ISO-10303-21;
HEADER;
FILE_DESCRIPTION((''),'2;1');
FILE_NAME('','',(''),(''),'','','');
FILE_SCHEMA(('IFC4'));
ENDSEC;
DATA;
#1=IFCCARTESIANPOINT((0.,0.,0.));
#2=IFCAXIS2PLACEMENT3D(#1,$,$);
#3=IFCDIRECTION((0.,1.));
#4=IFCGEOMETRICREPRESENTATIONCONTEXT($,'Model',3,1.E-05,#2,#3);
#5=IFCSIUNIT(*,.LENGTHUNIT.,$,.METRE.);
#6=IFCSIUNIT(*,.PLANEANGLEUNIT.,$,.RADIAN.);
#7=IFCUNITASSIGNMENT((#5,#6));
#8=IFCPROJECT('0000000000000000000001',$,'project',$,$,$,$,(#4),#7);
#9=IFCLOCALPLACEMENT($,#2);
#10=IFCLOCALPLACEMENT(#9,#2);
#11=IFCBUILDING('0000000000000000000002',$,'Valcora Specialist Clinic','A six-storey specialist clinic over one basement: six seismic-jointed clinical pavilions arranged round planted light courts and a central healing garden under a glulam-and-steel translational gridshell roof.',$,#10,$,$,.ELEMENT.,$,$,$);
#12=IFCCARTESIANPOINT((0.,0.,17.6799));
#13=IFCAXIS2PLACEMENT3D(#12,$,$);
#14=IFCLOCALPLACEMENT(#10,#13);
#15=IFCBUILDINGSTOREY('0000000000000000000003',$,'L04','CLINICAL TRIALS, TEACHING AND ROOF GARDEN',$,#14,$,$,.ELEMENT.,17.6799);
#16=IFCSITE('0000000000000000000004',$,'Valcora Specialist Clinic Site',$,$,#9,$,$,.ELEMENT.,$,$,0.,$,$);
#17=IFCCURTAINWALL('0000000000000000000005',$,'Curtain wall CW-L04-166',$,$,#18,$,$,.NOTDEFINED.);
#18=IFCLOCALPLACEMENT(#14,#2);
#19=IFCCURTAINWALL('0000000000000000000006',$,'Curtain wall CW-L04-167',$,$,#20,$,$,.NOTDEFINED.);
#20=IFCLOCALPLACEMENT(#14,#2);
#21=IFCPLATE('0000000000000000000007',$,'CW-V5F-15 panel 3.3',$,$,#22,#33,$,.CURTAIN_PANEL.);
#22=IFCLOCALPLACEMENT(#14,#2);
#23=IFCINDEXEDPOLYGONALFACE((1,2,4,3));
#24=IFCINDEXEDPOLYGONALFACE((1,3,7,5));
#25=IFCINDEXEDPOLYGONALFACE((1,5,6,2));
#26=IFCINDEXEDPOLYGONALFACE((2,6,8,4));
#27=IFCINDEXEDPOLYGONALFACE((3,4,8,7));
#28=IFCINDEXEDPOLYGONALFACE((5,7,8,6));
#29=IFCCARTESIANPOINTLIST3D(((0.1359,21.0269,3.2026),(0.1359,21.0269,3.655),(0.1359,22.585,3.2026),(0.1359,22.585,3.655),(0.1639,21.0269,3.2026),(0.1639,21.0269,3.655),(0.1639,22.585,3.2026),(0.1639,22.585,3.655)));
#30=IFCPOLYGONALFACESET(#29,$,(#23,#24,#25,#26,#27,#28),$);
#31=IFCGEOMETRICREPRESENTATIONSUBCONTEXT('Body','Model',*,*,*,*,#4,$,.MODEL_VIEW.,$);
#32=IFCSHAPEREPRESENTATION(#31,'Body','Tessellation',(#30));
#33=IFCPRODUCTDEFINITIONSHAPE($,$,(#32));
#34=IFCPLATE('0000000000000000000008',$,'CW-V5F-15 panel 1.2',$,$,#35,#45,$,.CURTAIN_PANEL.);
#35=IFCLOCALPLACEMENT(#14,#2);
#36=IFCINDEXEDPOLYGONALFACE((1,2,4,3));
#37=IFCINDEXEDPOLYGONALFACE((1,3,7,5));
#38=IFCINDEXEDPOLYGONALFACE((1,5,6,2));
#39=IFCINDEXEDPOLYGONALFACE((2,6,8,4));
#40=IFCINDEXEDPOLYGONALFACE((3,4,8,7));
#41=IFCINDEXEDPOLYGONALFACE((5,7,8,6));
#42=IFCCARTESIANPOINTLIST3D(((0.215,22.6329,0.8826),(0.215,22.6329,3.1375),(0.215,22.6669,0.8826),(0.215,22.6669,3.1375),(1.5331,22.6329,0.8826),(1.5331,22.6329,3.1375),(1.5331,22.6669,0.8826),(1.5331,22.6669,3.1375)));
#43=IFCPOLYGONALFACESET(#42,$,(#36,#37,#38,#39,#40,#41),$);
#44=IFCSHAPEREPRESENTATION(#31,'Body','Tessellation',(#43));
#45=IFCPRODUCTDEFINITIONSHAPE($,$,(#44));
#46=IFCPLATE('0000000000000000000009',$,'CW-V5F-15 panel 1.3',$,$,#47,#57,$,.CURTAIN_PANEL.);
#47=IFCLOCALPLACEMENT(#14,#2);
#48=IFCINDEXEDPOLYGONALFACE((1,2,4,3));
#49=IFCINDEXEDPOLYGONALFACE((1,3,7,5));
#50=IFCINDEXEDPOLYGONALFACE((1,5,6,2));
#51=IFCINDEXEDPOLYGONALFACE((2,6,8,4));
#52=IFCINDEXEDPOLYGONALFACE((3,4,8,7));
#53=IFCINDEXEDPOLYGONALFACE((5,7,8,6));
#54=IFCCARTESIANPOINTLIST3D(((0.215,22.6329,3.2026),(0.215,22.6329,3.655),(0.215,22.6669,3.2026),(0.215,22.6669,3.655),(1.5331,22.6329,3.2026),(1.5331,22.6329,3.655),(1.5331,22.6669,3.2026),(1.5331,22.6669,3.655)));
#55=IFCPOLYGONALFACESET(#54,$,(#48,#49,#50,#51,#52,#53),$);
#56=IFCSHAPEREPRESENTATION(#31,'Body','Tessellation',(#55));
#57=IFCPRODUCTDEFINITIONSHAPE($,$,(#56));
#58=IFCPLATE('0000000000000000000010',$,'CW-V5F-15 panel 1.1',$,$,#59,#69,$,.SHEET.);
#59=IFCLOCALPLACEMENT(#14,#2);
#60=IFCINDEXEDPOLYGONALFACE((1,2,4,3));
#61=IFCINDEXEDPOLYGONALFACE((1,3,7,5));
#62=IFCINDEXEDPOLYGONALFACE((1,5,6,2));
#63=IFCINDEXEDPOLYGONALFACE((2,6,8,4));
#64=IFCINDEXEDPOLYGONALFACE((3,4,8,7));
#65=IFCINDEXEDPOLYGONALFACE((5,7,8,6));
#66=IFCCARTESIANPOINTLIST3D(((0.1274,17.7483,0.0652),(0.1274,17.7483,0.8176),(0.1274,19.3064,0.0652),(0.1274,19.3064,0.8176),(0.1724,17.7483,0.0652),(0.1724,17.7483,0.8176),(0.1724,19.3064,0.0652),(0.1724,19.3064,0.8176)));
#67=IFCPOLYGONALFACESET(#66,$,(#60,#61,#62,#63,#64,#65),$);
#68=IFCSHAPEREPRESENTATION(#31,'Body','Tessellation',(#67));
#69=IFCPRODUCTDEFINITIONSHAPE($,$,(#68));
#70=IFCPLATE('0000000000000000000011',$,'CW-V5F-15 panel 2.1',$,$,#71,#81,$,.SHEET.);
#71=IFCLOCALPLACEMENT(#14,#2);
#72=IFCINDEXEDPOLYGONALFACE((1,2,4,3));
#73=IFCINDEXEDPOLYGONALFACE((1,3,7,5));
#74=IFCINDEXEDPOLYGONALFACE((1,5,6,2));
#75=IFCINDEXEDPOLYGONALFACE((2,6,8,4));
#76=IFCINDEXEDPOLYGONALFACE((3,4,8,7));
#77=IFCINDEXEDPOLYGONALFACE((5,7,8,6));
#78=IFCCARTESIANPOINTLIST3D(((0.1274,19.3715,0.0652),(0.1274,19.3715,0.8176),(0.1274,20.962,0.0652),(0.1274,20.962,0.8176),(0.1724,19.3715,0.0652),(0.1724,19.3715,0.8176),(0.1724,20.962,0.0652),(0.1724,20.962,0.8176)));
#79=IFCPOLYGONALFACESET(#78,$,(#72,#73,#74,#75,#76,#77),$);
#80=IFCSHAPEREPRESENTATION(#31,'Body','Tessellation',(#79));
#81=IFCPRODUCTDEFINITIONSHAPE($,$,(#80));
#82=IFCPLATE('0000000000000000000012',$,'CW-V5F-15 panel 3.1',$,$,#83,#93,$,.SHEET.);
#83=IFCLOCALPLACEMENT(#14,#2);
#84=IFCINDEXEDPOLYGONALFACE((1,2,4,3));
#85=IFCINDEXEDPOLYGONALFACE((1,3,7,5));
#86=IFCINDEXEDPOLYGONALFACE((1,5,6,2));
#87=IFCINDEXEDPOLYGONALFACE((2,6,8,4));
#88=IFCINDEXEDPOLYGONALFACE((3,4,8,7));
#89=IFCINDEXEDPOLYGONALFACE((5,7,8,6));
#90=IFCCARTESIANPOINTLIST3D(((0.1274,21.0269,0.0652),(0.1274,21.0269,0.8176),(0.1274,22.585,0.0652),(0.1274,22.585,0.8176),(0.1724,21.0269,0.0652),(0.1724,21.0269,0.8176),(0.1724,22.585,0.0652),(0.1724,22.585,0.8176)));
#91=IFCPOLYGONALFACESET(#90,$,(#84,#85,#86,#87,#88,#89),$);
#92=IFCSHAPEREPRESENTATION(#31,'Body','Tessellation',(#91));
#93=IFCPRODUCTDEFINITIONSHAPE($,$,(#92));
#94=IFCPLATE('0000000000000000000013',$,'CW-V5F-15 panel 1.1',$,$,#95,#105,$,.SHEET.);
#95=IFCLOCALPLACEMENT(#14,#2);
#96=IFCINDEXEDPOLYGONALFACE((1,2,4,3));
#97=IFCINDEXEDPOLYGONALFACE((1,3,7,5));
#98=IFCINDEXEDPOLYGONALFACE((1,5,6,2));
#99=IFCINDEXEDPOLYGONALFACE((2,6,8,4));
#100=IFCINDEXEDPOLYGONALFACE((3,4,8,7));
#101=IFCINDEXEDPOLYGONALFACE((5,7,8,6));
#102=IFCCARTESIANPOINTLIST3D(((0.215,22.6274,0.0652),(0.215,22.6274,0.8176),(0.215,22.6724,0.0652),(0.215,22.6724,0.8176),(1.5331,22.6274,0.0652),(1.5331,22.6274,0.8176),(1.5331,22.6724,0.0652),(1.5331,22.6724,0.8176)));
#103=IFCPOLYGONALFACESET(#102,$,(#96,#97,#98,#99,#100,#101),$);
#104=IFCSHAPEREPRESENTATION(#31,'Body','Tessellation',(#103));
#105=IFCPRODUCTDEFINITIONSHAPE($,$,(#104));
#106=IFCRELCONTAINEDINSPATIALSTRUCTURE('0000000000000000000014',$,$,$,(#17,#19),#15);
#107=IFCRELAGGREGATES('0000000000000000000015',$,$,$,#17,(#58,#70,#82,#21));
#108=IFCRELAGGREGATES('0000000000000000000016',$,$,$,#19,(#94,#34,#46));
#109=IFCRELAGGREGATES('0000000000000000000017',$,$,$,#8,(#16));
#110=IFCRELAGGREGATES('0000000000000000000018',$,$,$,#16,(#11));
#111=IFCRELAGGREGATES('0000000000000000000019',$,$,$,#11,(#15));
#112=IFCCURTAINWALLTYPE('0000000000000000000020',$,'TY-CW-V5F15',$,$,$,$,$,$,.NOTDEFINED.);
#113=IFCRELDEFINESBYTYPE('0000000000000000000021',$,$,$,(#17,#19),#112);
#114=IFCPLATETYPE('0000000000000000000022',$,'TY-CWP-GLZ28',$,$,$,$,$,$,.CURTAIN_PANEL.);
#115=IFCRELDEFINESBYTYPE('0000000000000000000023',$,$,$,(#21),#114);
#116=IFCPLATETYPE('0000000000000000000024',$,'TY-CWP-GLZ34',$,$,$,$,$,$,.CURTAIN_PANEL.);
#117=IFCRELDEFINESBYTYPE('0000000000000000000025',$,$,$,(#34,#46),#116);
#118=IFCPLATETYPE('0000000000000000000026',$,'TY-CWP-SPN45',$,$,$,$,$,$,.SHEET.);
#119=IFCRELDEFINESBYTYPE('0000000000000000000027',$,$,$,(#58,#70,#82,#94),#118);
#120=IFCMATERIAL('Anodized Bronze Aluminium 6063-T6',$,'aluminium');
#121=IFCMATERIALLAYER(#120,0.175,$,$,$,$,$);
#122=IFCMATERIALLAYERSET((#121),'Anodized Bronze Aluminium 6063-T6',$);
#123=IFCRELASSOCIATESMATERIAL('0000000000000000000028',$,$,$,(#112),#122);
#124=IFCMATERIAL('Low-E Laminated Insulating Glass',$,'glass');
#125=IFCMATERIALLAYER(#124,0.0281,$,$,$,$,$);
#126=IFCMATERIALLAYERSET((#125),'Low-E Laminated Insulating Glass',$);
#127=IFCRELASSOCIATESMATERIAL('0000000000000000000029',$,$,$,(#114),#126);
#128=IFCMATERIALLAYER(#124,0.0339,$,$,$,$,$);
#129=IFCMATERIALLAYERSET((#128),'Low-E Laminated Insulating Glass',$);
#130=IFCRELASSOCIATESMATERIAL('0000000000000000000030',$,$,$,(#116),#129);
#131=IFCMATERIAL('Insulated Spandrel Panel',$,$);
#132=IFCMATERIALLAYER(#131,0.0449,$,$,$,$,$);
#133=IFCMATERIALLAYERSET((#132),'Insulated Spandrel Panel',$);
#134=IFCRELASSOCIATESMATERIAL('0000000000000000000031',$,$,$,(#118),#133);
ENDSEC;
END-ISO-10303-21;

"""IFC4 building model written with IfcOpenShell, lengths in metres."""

from ifc_helpers import new_model, si_unit, direction, frame, origin, origin_2d, place, context, subcontext, project, spatial, rectangle, extrude, material, layer, layer_set, type_object, element, aggregate, save


model = new_model("IFC4")

# Units and contexts
model_context = context("Model", 3, precision=1e-05, world=origin(), true_north=direction((0.0, 1.0)))
body_context = subcontext(model_context, "Body", "Model", "MODEL_VIEW")
ifc_project = project(units=[si_unit("LENGTHUNIT", "METRE"), si_unit("PLANEANGLEUNIT", "RADIAN")], contexts=[model_context])

# Site, building, storey
site_placement = place(None, origin())
site = spatial("IfcSite", under=ifc_project, at=site_placement, Name="Valcora Specialist Clinic Site", CompositionType="ELEMENT", RefElevation=0.0)
building_placement = place(site_placement, origin())
building = spatial("IfcBuilding", under=site, at=building_placement, Name="Valcora Specialist Clinic", Description="A six-storey specialist clinic over one basement: six seismic-jointed clinical pavilions arranged round planted light courts and a central healing garden under a glulam-and-steel translational gridshell roof.", CompositionType="ELEMENT")
storey_placement = place(building_placement, frame((0.0, 0.0, 17.6799)))
storey = spatial("IfcBuildingStorey", under=building, at=storey_placement, Name="L04", Description="CLINICAL TRIALS, TEACHING AND ROOF GARDEN", CompositionType="ELEMENT", Elevation=17.6799)

# Curtain walls
ifc_material_1 = material(Name="Anodized Bronze Aluminium 6063-T6", Category="aluminium")
ifc_layer_1 = layer(ifc_material_1, 0.175)
ifc_layer_set_1 = layer_set([ifc_layer_1], Name="Anodized Bronze Aluminium 6063-T6")
curtain_wall_type = type_object("IfcCurtainWallType", Name="TY-CW-V5F15", PredefinedType="NOTDEFINED", material=ifc_layer_set_1)
curtain_wall_1_placement = place(storey_placement, origin())
curtain_wall_1 = element("IfcCurtainWall", 1, at=curtain_wall_1_placement, inside=storey, type_object=curtain_wall_type, Name="Curtain wall CW-L04-166", PredefinedType="NOTDEFINED")
curtain_wall_2_placement = place(storey_placement, origin())
curtain_wall_2 = element("IfcCurtainWall", 2, at=curtain_wall_2_placement, inside=storey, type_object=curtain_wall_type, Name="Curtain wall CW-L04-167", PredefinedType="NOTDEFINED")

# Plates
ifc_material_2 = material(Name="Low-E Laminated Insulating Glass", Category="glass")
ifc_layer_2 = layer(ifc_material_2, 0.0281)
ifc_layer_set_2 = layer_set([ifc_layer_2], Name="Low-E Laminated Insulating Glass")
plate_type_1 = type_object("IfcPlateType", Name="TY-CWP-GLZ28", PredefinedType="CURTAIN_PANEL", material=ifc_layer_set_2)
plate_1_placement = place(storey_placement, frame((0.1499, 21.8059, 3.2026), z_axis=(0.0, 0.0, 1.0), x_axis=(0.0, 1.0, 0.0)))
plate_1 = element("IfcPlate", 3, at=plate_1_placement, type_object=plate_type_1, Name="CW-V5F-15 panel 3.3", PredefinedType="CURTAIN_PANEL", context=body_context, shape_type="SweptSolid", body=[
    extrude(rectangle(XDim=1.5581, YDim=0.0281, at=origin_2d()), origin(), (0.0, 0.0, 1.0), 0.4524),
])
ifc_layer_3 = layer(ifc_material_2, 0.0339)
ifc_layer_set_3 = layer_set([ifc_layer_3], Name="Low-E Laminated Insulating Glass")
plate_type_2 = type_object("IfcPlateType", Name="TY-CWP-GLZ34", PredefinedType="CURTAIN_PANEL", material=ifc_layer_set_3)
plate_2_placement = place(storey_placement, frame((0.874, 22.6499, 0.8826), z_axis=(0.0, 0.0, 1.0), x_axis=(1.0, 0.0, 0.0)))
plate_2 = element("IfcPlate", 4, at=plate_2_placement, type_object=plate_type_2, Name="CW-V5F-15 panel 1.2", PredefinedType="CURTAIN_PANEL", context=body_context, shape_type="SweptSolid", body=[
    extrude(rectangle(XDim=1.3181, YDim=0.0339, at=origin_2d()), origin(), (0.0, 0.0, 1.0), 2.2549),
])
plate_3_placement = place(storey_placement, frame((0.874, 22.6499, 3.2026), z_axis=(0.0, 0.0, 1.0), x_axis=(1.0, 0.0, 0.0)))
plate_3 = element("IfcPlate", 5, at=plate_3_placement, type_object=plate_type_2, Name="CW-V5F-15 panel 1.3", PredefinedType="CURTAIN_PANEL", context=body_context, shape_type="SweptSolid", body=[
    extrude(rectangle(XDim=1.3181, YDim=0.0339, at=origin_2d()), origin(), (0.0, 0.0, 1.0), 0.4524),
])
ifc_material_3 = material(Name="Insulated Spandrel Panel")
ifc_layer_4 = layer(ifc_material_3, 0.0449)
ifc_layer_set_4 = layer_set([ifc_layer_4], Name="Insulated Spandrel Panel")
plate_type_3 = type_object("IfcPlateType", Name="TY-CWP-SPN45", PredefinedType="SHEET", material=ifc_layer_set_4)
plate_4_placement = place(storey_placement, frame((0.1499, 18.5273, 0.0652), z_axis=(0.0, 0.0, 1.0), x_axis=(0.0, 1.0, 0.0)))
plate_4 = element("IfcPlate", 6, at=plate_4_placement, type_object=plate_type_3, Name="CW-V5F-15 panel 1.1", PredefinedType="SHEET", context=body_context, shape_type="SweptSolid", body=[
    extrude(rectangle(XDim=1.5581, YDim=0.0449, at=origin_2d()), origin(), (0.0, 0.0, 1.0), 0.7524),
])
plate_5_placement = place(storey_placement, frame((0.1499, 20.1667, 0.0652), z_axis=(0.0, 0.0, 1.0), x_axis=(0.0, 1.0, 0.0)))
plate_5 = element("IfcPlate", 7, at=plate_5_placement, type_object=plate_type_3, Name="CW-V5F-15 panel 2.1", PredefinedType="SHEET", context=body_context, shape_type="SweptSolid", body=[
    extrude(rectangle(XDim=1.5906, YDim=0.0449, at=origin_2d()), origin(), (0.0, 0.0, 1.0), 0.7524),
])
plate_6_placement = place(storey_placement, frame((0.1499, 21.8059, 0.0652), z_axis=(0.0, 0.0, 1.0), x_axis=(0.0, 1.0, 0.0)))
plate_6 = element("IfcPlate", 8, at=plate_6_placement, type_object=plate_type_3, Name="CW-V5F-15 panel 3.1", PredefinedType="SHEET", context=body_context, shape_type="SweptSolid", body=[
    extrude(rectangle(XDim=1.5581, YDim=0.0449, at=origin_2d()), origin(), (0.0, 0.0, 1.0), 0.7524),
])
aggregate(curtain_wall_1, [plate_4, plate_5, plate_6, plate_1])
plate_7_placement = place(storey_placement, frame((0.874, 22.6499, 0.0652), z_axis=(0.0, 0.0, 1.0), x_axis=(1.0, 0.0, 0.0)))
plate_7 = element("IfcPlate", 9, at=plate_7_placement, type_object=plate_type_3, Name="CW-V5F-15 panel 1.1", PredefinedType="SHEET", context=body_context, shape_type="SweptSolid", body=[
    extrude(rectangle(XDim=1.3181, YDim=0.0449, at=origin_2d()), origin(), (0.0, 0.0, 1.0), 0.7524),
])
aggregate(curtain_wall_2, [plate_7, plate_2, plate_3])

save(model, "model.ifc")
